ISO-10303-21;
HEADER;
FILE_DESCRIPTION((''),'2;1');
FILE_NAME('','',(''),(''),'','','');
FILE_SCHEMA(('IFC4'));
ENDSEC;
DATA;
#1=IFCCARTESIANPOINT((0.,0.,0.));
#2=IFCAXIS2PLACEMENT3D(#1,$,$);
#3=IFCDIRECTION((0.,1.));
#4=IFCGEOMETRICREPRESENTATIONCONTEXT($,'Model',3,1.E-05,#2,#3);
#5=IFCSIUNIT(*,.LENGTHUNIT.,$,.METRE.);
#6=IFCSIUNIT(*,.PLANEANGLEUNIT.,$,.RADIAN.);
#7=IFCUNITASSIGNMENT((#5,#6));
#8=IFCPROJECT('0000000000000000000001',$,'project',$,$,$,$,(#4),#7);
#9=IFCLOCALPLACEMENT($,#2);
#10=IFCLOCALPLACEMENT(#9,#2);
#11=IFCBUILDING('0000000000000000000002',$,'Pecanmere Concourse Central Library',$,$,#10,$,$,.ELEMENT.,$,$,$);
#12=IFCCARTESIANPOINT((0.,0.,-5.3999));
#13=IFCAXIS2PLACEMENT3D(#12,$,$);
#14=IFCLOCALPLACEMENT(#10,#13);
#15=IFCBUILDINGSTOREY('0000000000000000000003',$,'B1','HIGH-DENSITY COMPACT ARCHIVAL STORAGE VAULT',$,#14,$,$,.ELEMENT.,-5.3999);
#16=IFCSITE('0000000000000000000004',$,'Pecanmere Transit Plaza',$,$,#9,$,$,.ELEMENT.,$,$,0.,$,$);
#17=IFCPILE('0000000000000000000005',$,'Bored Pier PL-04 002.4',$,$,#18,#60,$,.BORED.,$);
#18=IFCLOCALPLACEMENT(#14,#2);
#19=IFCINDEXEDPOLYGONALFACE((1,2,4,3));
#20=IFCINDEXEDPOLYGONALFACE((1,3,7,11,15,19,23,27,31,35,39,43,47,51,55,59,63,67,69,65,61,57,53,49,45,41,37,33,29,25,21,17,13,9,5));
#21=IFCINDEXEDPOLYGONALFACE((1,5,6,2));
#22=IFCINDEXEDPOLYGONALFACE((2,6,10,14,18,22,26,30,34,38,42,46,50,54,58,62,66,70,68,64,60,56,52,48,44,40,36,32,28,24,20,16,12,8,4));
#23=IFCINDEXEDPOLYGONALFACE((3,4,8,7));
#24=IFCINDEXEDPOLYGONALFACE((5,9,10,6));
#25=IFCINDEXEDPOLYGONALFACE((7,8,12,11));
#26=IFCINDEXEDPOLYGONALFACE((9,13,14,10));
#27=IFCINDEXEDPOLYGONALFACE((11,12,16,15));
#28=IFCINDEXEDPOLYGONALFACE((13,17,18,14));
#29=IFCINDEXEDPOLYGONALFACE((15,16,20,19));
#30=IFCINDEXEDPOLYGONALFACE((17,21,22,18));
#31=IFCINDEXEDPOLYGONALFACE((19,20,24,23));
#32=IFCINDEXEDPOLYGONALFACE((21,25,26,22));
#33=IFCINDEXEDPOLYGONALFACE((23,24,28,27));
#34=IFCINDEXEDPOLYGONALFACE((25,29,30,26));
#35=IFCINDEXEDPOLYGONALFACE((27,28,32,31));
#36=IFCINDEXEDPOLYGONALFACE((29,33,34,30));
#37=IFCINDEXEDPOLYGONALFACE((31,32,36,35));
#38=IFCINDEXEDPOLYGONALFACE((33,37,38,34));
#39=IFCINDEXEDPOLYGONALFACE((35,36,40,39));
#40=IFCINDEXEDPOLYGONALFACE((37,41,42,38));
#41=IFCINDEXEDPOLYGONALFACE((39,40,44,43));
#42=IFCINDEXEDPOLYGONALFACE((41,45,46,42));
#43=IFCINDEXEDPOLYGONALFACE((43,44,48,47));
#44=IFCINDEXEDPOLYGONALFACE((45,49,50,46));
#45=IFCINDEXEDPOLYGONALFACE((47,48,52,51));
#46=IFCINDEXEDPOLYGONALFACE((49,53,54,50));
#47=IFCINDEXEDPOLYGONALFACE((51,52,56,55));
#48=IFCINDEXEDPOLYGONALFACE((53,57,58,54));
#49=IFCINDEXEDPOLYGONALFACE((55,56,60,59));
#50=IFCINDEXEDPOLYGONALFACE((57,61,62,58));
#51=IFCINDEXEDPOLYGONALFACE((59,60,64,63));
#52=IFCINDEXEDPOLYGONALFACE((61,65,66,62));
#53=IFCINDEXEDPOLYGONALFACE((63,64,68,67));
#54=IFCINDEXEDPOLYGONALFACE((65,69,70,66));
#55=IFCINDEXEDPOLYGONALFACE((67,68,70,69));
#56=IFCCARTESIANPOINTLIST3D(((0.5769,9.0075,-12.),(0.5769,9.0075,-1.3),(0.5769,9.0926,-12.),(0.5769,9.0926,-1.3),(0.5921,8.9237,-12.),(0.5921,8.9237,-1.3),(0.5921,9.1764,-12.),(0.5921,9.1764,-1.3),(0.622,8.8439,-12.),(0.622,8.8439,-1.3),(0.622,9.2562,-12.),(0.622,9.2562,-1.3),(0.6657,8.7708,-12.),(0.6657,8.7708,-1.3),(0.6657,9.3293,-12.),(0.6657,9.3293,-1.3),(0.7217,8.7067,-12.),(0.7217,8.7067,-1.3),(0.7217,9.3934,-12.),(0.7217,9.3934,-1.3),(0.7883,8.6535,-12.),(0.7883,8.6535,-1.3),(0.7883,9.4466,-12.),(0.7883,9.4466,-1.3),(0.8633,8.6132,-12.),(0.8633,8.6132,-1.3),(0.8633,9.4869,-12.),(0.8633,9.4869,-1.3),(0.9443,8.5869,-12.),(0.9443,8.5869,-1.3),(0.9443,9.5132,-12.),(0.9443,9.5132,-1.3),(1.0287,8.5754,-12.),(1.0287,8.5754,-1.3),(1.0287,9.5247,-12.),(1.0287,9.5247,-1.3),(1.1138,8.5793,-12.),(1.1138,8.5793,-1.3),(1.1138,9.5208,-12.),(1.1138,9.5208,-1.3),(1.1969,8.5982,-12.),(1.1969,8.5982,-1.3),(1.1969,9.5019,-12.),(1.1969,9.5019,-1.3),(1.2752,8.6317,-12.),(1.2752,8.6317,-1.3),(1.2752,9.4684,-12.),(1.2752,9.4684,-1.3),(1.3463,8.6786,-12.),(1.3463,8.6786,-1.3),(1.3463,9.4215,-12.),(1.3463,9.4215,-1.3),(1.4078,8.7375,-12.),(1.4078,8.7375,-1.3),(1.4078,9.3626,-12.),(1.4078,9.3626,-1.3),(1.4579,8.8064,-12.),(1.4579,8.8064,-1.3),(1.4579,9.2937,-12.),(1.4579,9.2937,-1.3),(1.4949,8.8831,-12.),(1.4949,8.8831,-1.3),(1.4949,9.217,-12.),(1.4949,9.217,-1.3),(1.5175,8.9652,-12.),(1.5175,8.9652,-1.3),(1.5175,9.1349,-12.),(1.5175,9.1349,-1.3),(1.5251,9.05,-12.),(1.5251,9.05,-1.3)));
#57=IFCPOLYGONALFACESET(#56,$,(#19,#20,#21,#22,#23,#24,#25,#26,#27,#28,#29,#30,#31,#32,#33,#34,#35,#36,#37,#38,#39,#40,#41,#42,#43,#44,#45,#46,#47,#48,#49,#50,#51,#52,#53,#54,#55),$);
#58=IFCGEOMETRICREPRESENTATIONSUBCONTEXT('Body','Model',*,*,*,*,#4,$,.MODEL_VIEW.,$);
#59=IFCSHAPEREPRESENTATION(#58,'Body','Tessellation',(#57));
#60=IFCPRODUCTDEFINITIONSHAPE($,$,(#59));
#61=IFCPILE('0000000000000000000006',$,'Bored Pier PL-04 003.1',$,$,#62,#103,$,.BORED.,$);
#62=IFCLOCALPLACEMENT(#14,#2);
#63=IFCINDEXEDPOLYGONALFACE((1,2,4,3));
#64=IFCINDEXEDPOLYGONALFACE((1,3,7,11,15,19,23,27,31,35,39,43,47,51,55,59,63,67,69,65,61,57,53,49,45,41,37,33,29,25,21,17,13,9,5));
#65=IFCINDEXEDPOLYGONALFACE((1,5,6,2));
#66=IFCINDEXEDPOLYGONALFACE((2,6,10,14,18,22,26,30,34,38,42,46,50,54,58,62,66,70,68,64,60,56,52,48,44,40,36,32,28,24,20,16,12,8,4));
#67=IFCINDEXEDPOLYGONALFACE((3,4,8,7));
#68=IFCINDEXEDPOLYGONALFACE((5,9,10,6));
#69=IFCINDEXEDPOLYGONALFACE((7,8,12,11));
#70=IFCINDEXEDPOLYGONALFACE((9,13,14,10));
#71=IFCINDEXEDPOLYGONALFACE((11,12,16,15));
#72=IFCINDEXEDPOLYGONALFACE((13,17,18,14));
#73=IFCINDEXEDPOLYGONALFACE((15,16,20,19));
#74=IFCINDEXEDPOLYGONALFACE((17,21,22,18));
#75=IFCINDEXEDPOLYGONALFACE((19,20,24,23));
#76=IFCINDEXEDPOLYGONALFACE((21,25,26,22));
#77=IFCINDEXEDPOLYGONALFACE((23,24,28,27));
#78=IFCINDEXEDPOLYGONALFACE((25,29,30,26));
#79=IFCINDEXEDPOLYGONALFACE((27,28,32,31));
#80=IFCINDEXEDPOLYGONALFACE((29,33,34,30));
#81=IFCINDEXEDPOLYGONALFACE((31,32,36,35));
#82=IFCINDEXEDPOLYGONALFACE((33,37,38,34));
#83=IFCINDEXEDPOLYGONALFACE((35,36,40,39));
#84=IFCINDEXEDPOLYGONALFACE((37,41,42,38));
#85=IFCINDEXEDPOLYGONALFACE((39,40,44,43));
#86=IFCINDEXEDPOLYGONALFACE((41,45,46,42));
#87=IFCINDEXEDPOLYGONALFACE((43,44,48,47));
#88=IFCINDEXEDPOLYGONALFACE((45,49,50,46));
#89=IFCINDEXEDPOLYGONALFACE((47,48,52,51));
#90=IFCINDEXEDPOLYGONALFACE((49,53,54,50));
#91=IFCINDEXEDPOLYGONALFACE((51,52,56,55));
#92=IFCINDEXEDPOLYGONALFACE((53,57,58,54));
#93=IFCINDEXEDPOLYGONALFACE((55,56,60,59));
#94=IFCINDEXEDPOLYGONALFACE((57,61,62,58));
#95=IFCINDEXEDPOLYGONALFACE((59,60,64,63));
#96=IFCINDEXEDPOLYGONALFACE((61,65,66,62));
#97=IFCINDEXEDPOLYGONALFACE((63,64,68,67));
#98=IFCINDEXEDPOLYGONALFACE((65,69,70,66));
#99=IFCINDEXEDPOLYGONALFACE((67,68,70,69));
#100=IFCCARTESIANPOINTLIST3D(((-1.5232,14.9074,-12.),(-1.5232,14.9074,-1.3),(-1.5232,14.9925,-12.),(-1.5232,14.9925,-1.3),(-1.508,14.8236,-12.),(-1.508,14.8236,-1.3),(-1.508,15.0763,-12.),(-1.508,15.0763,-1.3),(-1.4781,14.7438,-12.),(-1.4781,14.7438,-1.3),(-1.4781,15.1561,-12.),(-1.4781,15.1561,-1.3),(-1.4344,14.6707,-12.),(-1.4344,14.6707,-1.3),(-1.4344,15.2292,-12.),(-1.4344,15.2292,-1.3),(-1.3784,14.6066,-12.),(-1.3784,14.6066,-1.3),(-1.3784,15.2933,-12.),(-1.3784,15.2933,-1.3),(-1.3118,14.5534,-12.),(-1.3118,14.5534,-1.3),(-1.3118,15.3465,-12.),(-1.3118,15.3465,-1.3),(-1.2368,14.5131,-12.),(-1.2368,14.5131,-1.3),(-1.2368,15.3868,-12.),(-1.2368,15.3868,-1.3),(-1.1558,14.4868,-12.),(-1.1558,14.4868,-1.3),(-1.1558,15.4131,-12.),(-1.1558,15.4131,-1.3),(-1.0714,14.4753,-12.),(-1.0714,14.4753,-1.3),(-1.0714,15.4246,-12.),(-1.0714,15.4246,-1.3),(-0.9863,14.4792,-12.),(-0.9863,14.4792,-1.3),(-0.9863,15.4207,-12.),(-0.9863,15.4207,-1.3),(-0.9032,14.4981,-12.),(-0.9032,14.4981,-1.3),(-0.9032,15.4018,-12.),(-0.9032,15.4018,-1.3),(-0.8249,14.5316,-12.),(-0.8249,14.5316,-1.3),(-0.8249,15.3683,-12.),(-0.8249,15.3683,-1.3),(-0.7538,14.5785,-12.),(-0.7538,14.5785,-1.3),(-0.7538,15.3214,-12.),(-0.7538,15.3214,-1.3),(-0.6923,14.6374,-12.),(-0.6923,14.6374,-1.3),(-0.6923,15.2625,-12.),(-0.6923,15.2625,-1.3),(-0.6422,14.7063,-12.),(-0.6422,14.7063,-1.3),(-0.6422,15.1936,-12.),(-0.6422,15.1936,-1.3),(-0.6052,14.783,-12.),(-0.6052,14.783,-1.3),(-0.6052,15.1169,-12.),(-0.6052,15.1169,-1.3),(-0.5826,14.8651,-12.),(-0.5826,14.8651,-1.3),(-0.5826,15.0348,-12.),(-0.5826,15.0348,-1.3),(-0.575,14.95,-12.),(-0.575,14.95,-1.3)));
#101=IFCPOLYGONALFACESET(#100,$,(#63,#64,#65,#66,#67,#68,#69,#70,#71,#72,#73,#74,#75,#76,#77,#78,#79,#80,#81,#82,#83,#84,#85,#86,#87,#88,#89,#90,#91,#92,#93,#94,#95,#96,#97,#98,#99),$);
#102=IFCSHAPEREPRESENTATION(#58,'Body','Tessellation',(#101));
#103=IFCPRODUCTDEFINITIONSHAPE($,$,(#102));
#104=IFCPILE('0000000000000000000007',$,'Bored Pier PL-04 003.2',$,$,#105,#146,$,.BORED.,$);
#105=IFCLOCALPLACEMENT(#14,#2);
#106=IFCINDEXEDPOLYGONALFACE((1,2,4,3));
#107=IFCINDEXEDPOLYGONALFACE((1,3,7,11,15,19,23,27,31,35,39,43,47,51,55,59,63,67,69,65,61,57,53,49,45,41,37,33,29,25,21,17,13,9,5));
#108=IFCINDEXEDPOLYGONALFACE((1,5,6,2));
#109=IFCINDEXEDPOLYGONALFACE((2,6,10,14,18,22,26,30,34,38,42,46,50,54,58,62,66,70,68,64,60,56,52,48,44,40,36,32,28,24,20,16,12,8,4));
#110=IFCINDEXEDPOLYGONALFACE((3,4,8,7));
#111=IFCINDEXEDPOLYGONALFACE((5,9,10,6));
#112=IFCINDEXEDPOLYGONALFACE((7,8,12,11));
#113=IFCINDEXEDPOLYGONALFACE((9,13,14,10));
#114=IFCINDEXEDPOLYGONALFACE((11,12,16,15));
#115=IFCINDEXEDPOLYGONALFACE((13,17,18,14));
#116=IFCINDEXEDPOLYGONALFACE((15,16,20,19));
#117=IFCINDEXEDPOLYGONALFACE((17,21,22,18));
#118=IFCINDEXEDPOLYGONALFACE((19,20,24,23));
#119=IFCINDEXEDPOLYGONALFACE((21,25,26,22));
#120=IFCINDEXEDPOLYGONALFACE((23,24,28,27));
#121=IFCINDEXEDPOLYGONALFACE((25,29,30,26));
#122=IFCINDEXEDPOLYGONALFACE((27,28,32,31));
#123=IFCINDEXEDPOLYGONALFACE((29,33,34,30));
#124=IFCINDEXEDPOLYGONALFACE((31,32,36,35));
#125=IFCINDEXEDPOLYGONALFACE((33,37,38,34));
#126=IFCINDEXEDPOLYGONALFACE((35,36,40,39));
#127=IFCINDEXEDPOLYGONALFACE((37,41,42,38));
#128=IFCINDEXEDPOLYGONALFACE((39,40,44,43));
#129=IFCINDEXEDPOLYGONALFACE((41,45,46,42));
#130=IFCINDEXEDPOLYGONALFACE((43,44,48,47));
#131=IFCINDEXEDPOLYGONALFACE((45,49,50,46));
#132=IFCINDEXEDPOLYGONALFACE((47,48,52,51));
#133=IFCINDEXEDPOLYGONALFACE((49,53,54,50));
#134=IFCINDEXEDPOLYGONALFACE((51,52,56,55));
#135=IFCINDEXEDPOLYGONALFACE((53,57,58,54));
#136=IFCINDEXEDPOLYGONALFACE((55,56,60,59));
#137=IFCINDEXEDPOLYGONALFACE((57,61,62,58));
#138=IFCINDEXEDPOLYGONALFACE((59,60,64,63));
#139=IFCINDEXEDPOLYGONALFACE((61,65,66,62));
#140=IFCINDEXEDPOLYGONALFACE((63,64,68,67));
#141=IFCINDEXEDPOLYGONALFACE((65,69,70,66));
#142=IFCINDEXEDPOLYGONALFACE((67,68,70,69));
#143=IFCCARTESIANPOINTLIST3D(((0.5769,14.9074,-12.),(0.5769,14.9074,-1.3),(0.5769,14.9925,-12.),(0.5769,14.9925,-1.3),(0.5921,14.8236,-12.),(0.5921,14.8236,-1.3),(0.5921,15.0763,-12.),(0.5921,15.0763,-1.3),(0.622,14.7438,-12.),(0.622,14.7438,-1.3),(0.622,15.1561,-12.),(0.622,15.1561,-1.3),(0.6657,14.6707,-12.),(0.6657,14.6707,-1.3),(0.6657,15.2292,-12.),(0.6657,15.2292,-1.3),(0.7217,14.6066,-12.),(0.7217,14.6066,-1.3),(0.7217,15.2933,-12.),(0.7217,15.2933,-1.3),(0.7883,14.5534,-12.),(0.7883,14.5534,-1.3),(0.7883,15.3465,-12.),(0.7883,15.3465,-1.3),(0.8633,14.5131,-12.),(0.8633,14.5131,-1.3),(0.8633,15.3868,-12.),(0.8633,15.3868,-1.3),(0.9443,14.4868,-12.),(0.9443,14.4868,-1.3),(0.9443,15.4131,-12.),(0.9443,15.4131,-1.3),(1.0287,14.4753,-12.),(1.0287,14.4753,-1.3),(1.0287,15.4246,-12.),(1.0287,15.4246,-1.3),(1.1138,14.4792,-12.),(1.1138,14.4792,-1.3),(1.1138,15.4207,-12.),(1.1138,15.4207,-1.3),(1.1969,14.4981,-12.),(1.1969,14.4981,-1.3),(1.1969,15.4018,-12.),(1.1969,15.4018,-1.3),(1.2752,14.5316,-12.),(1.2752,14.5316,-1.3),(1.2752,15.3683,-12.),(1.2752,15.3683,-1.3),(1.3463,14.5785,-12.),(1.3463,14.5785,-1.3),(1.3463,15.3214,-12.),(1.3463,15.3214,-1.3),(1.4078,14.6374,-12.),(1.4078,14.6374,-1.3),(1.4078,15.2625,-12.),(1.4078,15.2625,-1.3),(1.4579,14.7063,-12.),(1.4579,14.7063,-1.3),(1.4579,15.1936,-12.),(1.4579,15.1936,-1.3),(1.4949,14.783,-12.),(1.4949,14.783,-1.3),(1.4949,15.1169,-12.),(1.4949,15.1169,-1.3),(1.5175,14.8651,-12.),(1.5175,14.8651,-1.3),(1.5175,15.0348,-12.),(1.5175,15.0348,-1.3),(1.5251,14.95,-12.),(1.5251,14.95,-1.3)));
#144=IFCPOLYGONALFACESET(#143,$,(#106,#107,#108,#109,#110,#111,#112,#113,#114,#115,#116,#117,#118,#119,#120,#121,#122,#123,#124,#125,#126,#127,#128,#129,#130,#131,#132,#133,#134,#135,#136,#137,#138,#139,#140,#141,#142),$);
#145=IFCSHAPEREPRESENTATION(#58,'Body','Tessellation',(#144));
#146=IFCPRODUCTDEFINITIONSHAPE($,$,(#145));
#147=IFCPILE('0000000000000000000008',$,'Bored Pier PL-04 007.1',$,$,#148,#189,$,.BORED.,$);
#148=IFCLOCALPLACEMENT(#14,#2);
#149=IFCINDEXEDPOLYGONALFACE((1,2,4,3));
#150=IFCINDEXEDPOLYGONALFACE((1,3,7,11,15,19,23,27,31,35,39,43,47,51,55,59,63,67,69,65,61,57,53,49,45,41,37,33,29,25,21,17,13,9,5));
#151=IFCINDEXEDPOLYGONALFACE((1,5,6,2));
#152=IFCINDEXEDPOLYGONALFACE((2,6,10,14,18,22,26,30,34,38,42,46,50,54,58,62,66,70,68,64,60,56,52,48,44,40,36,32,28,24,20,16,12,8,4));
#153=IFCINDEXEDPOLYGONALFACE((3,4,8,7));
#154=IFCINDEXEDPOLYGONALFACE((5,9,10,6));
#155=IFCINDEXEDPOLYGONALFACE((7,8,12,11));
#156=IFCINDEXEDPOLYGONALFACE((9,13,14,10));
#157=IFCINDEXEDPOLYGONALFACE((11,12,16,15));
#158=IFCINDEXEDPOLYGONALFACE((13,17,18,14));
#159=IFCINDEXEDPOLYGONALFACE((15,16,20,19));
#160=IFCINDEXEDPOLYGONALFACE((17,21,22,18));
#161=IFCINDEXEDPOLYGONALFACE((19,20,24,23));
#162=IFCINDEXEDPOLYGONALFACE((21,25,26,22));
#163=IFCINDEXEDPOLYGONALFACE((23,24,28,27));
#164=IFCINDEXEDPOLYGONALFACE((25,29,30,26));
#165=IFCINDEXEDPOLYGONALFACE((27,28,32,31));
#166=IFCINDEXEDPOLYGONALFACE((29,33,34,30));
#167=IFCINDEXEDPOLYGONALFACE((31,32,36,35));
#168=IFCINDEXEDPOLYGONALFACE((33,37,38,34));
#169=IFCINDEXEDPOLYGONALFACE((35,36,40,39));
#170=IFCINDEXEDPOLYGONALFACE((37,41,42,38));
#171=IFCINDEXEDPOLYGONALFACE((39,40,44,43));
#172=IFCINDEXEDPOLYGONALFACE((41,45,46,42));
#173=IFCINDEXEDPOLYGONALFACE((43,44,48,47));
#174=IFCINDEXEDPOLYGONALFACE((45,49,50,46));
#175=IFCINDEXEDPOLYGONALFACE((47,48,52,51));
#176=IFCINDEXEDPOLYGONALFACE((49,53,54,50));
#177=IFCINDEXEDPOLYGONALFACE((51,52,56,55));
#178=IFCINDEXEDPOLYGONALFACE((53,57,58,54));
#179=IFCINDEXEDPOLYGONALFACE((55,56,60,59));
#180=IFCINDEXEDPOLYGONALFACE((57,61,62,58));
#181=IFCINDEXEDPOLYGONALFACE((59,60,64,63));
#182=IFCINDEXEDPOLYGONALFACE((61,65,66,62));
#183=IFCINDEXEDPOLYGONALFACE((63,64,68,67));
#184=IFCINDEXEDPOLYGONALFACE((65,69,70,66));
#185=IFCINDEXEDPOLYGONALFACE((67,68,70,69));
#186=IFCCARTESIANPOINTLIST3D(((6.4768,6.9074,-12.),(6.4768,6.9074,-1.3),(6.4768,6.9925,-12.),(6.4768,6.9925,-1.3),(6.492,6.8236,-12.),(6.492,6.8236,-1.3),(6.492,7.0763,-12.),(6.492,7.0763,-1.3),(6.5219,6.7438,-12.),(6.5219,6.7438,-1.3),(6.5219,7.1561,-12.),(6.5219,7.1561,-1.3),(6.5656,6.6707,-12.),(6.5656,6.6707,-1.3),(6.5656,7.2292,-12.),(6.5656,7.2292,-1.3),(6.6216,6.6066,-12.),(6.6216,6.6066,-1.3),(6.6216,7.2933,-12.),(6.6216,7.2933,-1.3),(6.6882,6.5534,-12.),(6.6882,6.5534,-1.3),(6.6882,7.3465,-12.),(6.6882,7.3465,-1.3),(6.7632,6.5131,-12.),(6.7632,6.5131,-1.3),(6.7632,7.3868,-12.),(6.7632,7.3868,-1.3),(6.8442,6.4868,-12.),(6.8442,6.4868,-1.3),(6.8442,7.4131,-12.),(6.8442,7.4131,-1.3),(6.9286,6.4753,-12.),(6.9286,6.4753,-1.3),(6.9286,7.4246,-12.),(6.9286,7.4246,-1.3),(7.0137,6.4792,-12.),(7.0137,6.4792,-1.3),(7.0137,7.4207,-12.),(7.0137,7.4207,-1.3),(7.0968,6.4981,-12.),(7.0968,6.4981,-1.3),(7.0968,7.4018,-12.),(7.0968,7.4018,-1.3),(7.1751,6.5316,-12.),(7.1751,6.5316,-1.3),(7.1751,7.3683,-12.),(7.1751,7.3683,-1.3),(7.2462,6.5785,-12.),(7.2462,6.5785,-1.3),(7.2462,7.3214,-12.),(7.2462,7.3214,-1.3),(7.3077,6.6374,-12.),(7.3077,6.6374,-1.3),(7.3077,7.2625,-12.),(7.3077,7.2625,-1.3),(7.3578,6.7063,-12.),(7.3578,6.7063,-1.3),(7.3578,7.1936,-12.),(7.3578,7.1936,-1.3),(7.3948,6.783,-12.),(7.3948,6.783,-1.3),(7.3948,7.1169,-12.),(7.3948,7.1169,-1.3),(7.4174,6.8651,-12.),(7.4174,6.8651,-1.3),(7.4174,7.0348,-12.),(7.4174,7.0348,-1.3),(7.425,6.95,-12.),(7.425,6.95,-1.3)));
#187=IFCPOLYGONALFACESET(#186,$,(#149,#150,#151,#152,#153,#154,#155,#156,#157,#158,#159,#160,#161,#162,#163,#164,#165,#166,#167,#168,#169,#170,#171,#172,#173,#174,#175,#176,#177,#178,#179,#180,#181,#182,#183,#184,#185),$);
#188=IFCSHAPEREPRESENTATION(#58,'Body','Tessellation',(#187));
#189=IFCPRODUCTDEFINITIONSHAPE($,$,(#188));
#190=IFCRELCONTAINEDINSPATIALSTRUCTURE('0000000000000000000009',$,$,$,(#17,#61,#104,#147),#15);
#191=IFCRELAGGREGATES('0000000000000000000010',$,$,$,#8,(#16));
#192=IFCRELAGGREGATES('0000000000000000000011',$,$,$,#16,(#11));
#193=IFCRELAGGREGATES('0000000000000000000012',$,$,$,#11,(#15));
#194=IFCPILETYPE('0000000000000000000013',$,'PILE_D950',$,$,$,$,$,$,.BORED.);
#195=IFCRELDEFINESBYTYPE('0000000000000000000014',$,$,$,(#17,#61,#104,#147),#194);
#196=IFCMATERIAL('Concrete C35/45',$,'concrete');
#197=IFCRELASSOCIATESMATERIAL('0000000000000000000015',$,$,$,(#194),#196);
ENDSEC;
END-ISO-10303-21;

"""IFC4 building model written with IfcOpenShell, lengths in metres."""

from ifc_helpers import new_model, si_unit, direction, frame, origin, origin_2d, place, context, subcontext, project, spatial, circle, extrude, material, material_profile, profile_set, type_object, element, save


model = new_model("IFC4")

# Units and contexts
model_context = context("Model", 3, precision=1e-05, world=origin(), true_north=direction((0.0, 1.0)))
body_context = subcontext(model_context, "Body", "Model", "MODEL_VIEW")
ifc_project = project(units=[si_unit("LENGTHUNIT", "METRE"), si_unit("PLANEANGLEUNIT", "RADIAN")], contexts=[model_context])

# Site, building, storey
site_placement = place(None, origin())
site = spatial("IfcSite", under=ifc_project, at=site_placement, Name="Pecanmere Transit Plaza", CompositionType="ELEMENT", RefElevation=0.0)
building_placement = place(site_placement, origin())
building = spatial("IfcBuilding", under=site, at=building_placement, Name="Pecanmere Concourse Central Library", CompositionType="ELEMENT")
storey_placement = place(building_placement, frame((0.0, 0.0, -5.3999)))
storey = spatial("IfcBuildingStorey", under=building, at=storey_placement, Name="B1", Description="HIGH-DENSITY COMPACT ARCHIVAL STORAGE VAULT", CompositionType="ELEMENT", Elevation=-5.3999)

# Piles
ifc_material_1 = material(Name="Concrete C35/45", Category="concrete")
ifc_material_profile_1 = material_profile(ifc_material_1, circle(Radius=0.4751, at=origin_2d()), Name="PIER D950")
ifc_profile_set_1 = profile_set([ifc_material_profile_1], Name="Concrete C35/45")
pile_type = type_object("IfcPileType", Name="PILE_D950", PredefinedType="BORED", material=ifc_profile_set_1)
for number, where, z_axis, x_axis, name in (
    (1, (1.05, 9.05, -1.3), (0.0, 0.0, -1.0), (1.0, 0.0, 0.0), "Bored Pier PL-04 002.4"),
    (2, (-1.05, 14.95, -1.3), (0.0, 0.0, -1.0), (1.0, 0.0, 0.0), "Bored Pier PL-04 003.1"),
    (3, (1.05, 14.95, -1.3), (0.0, 0.0, -1.0), (1.0, 0.0, 0.0), "Bored Pier PL-04 003.2"),
    (4, (6.95, 6.95, -1.3), (0.0, 0.0, -1.0), (1.0, 0.0, 0.0), "Bored Pier PL-04 007.1"),
):
    element("IfcPile", number, at=place(storey_placement, frame(where, z_axis=z_axis, x_axis=x_axis)), inside=storey, type_object=pile_type, Name=name, PredefinedType="BORED", context=body_context, shape_type="SweptSolid", body=[
        extrude(circle(Radius=0.4751, at=origin_2d()), origin(), (0.0, 0.0, 1.0), 10.7),
    ])

save(model, "model.ifc")
